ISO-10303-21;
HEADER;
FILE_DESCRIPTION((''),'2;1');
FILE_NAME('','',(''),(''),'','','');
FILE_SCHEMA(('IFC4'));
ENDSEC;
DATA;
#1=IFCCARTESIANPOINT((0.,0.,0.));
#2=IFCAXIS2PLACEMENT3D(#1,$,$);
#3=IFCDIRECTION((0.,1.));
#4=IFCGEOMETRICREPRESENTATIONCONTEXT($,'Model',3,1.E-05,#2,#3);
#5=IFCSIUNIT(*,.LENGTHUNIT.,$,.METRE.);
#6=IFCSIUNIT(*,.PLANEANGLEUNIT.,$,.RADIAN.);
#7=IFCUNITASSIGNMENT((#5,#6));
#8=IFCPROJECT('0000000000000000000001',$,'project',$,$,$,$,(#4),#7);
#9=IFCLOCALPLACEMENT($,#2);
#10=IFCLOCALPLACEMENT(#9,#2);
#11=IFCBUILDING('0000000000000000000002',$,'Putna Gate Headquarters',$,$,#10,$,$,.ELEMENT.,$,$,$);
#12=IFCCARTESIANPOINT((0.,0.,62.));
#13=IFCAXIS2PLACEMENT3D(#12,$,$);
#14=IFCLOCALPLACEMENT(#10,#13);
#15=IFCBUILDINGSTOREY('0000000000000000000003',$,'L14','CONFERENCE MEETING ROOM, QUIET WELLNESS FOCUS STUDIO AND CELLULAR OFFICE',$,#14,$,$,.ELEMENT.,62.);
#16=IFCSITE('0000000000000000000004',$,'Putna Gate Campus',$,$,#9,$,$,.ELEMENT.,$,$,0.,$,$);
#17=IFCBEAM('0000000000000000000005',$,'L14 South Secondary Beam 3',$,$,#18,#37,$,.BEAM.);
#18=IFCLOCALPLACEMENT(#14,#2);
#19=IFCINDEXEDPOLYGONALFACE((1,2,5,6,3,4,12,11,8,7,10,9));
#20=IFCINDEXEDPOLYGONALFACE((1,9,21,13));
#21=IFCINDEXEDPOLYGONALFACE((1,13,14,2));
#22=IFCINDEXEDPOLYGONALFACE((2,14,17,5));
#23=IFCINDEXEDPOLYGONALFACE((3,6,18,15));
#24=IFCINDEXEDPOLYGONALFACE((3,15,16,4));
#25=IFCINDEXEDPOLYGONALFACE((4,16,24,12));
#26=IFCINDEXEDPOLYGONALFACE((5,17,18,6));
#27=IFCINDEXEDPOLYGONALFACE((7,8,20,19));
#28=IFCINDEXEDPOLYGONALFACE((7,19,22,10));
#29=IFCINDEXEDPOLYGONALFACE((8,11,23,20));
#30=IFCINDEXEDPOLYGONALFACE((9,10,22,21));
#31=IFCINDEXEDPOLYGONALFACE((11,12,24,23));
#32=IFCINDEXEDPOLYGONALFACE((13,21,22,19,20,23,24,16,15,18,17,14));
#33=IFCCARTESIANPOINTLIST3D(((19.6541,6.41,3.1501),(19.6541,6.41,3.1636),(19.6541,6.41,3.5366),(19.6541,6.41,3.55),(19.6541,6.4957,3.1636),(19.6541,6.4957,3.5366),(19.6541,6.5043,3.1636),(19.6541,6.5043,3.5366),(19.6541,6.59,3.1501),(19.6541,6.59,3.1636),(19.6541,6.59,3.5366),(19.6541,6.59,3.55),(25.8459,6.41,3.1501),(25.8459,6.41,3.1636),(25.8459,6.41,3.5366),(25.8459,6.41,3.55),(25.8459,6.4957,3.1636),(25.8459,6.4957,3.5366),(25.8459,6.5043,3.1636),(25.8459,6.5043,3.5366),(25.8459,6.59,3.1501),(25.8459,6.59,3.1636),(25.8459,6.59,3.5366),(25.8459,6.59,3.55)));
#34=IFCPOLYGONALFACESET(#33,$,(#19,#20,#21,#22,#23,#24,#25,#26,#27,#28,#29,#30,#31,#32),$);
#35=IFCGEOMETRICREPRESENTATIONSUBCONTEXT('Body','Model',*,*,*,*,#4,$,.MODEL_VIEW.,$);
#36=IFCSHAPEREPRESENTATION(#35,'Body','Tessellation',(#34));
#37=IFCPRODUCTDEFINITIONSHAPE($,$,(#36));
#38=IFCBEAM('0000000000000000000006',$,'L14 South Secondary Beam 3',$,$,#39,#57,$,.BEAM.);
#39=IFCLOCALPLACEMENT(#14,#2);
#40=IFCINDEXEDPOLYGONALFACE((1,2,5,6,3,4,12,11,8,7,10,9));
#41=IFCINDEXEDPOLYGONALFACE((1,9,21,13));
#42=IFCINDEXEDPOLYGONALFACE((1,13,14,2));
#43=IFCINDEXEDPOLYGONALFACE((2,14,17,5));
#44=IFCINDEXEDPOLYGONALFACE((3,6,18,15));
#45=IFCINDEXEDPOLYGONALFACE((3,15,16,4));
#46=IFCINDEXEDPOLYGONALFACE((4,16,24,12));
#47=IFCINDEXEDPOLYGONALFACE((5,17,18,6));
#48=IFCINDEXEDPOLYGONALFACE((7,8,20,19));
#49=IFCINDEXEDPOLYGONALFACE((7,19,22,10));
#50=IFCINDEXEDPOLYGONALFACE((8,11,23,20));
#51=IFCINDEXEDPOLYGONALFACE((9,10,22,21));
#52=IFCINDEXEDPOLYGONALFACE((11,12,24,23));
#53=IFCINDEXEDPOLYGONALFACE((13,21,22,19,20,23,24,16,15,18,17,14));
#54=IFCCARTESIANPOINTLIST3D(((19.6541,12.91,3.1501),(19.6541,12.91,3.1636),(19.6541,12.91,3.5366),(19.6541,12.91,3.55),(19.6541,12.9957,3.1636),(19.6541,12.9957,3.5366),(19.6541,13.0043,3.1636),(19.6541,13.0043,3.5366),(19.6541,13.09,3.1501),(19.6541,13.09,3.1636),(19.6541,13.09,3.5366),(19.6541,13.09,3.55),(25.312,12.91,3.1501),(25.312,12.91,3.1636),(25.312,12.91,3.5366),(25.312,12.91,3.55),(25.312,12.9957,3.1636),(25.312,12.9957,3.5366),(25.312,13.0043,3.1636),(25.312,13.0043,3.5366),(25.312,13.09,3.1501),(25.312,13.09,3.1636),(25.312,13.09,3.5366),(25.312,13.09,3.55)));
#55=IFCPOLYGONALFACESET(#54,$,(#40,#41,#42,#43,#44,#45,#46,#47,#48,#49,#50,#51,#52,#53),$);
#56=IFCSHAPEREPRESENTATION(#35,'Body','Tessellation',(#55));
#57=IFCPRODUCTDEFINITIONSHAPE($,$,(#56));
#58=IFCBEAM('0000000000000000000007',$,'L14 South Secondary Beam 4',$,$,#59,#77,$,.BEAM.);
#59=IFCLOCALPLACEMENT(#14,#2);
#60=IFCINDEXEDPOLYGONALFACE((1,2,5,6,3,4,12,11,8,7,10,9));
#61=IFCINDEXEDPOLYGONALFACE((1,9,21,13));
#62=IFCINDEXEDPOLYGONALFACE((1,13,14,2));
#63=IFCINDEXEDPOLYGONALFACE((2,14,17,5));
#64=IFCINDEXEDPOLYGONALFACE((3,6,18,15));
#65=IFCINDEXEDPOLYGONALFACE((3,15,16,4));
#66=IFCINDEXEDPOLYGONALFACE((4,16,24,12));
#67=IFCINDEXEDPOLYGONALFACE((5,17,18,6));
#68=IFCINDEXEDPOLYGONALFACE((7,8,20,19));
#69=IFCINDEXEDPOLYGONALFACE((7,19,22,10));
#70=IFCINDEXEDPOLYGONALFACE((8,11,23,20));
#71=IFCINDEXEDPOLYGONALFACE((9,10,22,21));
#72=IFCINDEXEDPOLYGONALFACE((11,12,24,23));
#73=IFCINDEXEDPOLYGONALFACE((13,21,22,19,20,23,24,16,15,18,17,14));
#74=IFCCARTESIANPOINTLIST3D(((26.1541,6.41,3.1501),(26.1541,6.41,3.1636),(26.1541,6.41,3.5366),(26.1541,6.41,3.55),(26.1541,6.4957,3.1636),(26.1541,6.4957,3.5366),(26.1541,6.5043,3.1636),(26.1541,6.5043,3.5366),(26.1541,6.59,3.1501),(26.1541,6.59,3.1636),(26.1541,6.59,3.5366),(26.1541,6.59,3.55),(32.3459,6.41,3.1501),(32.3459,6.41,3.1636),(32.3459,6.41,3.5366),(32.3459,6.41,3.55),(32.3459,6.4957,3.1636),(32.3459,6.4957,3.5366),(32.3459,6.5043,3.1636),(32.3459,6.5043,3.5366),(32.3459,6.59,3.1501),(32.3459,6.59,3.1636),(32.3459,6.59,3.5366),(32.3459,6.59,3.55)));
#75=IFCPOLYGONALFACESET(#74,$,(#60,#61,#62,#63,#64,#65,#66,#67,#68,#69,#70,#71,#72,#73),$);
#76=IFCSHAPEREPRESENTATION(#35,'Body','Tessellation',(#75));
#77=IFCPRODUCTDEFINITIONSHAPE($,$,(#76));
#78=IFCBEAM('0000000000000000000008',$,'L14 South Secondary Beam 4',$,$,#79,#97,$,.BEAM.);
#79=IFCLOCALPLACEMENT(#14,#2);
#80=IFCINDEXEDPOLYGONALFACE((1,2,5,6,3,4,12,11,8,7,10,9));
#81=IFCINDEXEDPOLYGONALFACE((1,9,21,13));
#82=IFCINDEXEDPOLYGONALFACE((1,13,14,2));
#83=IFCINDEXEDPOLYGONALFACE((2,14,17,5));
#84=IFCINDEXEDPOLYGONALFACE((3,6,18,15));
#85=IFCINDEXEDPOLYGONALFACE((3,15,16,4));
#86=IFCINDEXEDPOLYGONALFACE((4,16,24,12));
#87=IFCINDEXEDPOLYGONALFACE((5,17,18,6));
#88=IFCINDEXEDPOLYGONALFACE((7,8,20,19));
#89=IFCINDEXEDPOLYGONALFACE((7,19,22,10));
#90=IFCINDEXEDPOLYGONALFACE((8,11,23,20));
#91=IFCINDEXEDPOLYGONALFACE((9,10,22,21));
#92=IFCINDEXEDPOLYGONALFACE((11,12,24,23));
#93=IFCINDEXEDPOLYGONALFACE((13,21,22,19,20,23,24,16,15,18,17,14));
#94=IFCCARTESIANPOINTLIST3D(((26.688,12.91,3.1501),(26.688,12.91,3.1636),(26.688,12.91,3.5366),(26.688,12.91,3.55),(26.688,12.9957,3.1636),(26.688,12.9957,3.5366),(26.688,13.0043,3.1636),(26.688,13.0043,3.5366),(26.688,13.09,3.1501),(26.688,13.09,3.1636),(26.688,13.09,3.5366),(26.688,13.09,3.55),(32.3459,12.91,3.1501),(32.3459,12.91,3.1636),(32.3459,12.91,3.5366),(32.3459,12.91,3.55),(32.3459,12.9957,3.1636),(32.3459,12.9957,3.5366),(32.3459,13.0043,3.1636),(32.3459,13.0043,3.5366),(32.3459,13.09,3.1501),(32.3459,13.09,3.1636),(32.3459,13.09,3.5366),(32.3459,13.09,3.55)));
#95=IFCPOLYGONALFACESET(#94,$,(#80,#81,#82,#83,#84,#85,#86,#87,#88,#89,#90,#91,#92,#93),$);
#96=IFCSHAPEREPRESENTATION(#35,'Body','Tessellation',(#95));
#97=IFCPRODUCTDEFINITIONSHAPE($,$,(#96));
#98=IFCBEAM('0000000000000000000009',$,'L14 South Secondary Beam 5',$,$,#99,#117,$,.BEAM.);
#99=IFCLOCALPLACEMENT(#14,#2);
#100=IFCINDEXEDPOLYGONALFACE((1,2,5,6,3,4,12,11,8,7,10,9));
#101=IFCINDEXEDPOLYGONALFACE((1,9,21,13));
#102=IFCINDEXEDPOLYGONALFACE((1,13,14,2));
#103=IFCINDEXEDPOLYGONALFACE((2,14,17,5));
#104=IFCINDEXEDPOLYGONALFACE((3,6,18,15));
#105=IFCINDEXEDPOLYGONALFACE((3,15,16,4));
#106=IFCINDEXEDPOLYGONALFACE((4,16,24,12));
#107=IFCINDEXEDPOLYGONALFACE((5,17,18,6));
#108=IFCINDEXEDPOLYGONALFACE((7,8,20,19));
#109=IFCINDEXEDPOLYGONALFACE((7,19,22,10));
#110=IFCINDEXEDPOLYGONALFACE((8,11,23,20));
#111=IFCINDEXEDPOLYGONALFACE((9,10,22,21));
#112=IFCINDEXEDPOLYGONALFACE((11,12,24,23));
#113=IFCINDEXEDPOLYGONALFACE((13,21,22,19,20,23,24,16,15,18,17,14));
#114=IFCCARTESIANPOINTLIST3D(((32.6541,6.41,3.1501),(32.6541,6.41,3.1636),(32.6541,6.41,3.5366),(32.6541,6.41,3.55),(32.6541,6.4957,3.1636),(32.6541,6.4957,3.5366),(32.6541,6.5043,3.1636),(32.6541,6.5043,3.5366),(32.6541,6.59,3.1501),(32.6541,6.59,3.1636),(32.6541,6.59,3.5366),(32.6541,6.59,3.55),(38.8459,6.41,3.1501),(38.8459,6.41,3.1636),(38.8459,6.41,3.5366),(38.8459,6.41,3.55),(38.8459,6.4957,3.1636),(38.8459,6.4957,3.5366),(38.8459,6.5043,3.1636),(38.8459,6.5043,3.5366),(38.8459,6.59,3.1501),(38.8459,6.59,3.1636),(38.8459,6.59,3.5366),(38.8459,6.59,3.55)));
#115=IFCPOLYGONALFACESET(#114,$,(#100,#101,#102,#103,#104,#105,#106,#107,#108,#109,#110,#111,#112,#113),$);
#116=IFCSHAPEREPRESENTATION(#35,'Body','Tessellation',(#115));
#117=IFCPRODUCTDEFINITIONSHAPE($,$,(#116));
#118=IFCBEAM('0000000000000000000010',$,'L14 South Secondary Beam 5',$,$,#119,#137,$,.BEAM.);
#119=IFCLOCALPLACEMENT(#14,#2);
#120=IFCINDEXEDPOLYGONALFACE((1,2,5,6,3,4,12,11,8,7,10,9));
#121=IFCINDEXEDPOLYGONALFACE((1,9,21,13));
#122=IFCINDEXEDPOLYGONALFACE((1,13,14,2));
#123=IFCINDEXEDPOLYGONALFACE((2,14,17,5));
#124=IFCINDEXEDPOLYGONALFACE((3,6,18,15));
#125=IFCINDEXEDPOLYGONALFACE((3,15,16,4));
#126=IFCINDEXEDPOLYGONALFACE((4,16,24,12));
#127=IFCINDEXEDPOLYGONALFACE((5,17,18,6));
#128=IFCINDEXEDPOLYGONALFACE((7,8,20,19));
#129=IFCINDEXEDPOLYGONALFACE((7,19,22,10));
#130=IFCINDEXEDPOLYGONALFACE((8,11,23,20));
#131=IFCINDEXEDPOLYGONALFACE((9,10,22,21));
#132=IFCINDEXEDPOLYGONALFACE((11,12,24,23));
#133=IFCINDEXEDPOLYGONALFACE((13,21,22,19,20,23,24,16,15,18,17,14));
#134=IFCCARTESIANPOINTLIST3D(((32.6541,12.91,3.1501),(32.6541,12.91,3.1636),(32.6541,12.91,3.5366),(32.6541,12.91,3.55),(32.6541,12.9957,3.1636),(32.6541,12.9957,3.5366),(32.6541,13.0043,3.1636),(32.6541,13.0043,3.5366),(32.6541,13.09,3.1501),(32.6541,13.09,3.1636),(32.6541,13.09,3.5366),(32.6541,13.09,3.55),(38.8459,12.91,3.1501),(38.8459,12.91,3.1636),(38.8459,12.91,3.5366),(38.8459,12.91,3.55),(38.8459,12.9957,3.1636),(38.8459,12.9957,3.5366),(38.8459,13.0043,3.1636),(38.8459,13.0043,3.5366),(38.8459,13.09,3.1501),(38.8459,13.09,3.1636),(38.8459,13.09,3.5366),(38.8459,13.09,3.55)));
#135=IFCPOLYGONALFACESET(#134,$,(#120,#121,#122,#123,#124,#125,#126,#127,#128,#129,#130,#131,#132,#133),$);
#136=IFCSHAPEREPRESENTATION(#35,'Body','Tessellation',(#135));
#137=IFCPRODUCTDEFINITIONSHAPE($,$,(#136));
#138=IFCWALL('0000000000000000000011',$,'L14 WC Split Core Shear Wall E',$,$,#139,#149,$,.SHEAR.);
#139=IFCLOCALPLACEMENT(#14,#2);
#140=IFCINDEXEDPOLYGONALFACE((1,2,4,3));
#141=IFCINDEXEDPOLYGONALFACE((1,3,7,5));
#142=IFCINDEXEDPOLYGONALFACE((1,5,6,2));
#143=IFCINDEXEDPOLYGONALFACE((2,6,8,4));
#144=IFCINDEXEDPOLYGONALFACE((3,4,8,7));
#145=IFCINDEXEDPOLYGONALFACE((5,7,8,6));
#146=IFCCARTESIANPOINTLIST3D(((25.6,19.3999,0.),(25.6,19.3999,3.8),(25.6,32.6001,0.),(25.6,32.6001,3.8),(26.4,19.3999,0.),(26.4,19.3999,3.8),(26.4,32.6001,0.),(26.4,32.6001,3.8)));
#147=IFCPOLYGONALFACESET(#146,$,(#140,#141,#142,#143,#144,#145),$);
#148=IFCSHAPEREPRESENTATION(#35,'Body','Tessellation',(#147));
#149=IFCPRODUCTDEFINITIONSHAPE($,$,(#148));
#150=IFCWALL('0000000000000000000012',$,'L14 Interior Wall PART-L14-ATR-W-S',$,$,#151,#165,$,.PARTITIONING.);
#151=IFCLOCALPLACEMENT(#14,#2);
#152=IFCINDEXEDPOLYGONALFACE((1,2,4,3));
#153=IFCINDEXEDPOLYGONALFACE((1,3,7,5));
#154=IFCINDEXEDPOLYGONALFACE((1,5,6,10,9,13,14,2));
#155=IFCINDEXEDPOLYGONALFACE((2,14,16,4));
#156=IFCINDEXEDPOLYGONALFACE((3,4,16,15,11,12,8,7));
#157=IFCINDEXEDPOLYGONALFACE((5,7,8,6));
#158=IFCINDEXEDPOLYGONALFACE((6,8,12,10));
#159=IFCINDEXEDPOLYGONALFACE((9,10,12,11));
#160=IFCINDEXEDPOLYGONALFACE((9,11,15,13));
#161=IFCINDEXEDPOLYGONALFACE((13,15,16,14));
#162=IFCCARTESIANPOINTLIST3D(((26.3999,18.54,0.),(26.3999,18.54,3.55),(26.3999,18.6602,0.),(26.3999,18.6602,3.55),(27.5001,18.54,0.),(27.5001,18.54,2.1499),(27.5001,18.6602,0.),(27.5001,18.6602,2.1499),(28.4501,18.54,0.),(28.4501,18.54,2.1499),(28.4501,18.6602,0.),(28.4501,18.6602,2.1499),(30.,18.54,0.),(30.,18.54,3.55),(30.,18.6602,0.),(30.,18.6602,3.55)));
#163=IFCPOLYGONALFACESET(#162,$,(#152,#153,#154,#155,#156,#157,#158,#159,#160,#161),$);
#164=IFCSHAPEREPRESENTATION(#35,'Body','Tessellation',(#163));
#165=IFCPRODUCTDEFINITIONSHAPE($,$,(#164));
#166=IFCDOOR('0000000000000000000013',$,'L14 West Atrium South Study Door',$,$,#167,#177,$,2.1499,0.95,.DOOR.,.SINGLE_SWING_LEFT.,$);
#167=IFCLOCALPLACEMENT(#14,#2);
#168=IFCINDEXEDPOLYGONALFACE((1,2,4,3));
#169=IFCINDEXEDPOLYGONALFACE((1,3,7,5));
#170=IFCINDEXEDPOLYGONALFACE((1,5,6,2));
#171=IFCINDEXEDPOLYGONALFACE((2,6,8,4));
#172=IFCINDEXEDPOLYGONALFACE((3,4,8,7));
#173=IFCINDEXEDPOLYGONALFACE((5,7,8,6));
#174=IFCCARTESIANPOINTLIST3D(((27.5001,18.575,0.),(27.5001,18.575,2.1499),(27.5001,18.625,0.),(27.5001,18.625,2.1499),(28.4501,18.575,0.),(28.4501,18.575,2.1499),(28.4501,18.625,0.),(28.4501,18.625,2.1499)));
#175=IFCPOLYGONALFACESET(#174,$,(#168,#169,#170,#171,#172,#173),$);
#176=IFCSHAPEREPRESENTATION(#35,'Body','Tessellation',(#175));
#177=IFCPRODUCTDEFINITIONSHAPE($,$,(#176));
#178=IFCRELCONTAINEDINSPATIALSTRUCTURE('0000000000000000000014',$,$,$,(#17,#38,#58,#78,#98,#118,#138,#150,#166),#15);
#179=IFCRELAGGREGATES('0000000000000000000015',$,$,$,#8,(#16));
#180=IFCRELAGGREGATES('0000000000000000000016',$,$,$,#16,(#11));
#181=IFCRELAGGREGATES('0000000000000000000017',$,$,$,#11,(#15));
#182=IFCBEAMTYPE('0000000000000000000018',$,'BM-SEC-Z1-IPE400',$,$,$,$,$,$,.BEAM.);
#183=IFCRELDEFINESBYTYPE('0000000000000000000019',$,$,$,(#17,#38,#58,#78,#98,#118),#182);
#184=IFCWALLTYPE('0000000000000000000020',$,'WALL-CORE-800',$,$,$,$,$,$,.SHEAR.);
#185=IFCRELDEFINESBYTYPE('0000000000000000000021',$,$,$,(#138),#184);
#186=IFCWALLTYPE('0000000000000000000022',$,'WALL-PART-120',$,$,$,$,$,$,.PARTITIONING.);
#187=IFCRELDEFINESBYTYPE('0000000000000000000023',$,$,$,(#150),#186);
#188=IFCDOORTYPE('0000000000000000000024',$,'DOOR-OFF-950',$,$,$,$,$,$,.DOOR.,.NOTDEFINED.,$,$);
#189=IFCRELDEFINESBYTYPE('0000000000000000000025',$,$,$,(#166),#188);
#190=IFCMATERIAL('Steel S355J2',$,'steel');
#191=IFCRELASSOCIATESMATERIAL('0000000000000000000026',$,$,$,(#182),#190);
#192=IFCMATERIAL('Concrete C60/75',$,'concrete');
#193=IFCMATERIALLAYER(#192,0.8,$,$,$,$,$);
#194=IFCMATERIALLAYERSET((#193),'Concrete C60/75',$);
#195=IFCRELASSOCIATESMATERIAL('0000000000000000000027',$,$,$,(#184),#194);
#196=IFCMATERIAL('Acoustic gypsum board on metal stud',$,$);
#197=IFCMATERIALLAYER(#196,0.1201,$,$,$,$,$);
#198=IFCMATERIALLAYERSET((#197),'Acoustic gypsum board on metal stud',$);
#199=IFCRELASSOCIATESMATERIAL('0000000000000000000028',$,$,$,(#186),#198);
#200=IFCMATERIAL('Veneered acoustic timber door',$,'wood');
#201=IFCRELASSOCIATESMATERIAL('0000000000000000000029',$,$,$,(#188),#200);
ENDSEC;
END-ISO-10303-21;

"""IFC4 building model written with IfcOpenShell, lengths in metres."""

from ifc_helpers import new_model, si_unit, direction, frame, frame_2d, origin, origin_2d, place, context, subcontext, project, spatial, rectangle, i_section, extrude, material, layer, layer_set, material_profile, profile_set, type_object, element, fill, save


model = new_model("IFC4")

# Units and contexts
model_context = context("Model", 3, precision=1e-05, world=origin(), true_north=direction((0.0, 1.0)))
body_context = subcontext(model_context, "Body", "Model", "MODEL_VIEW")
ifc_project = project(units=[si_unit("LENGTHUNIT", "METRE"), si_unit("PLANEANGLEUNIT", "RADIAN")], contexts=[model_context])

# Site, building, storey
site_placement = place(None, origin())
site = spatial("IfcSite", under=ifc_project, at=site_placement, Name="Putna Gate Campus", CompositionType="ELEMENT", RefElevation=0.0)
building_placement = place(site_placement, origin())
building = spatial("IfcBuilding", under=site, at=building_placement, Name="Putna Gate Headquarters", CompositionType="ELEMENT")
storey_placement = place(building_placement, frame((0.0, 0.0, 62.0)))
storey = spatial("IfcBuildingStorey", under=building, at=storey_placement, Name="L14", Description="CONFERENCE MEETING ROOM, QUIET WELLNESS FOCUS STUDIO AND CELLULAR OFFICE", CompositionType="ELEMENT", Elevation=62.0)

# Shared definitions
ifc_material_1 = material(Name="Concrete C60/75", Category="concrete")

# Beams
ifc_material_2 = material(Name="Steel S355J2", Category="steel")
ifc_material_profile_1 = material_profile(ifc_material_2, i_section(OverallWidth=0.1799, OverallDepth=0.3999, WebThickness=0.0085, FlangeThickness=0.0134, at=origin_2d()), Name="Steel S355J2")
ifc_profile_set_1 = profile_set([ifc_material_profile_1], Name="Steel S355J2")
beam_type_1 = type_object("IfcBeamType", Name="BM-SEC-Z1-IPE400", PredefinedType="BEAM", material=ifc_profile_set_1)
beam_1_placement = place(storey_placement, frame((19.6541, 6.5, 3.3501), z_axis=(1.0, 0.0, 0.0), x_axis=(0.0, 1.0, 0.0)))
element("IfcBeam", 1, at=beam_1_placement, inside=storey, type_object=beam_type_1, Name="L14 South Secondary Beam 3", PredefinedType="BEAM", context=body_context, shape_type="SweptSolid", body=[
    extrude(i_section(OverallWidth=0.1799, OverallDepth=0.3999, WebThickness=0.0085, FlangeThickness=0.0134, at=origin_2d()), origin(), (0.0, 0.0, 1.0), 6.1919),
])
beam_2_placement = place(storey_placement, frame((19.6541, 13.0, 3.3501), z_axis=(1.0, 0.0, 0.0), x_axis=(0.0, 1.0, 0.0)))
element("IfcBeam", 2, at=beam_2_placement, inside=storey, type_object=beam_type_1, Name="L14 South Secondary Beam 3", PredefinedType="BEAM", context=body_context, shape_type="SweptSolid", body=[
    extrude(i_section(OverallWidth=0.1799, OverallDepth=0.3999, WebThickness=0.0085, FlangeThickness=0.0134, at=origin_2d()), origin(), (0.0, 0.0, 1.0), 5.658),
])
beam_3_placement = place(storey_placement, frame((26.1541, 6.5, 3.3501), z_axis=(1.0, 0.0, 0.0), x_axis=(0.0, 1.0, 0.0)))
element("IfcBeam", 3, at=beam_3_placement, inside=storey, type_object=beam_type_1, Name="L14 South Secondary Beam 4", PredefinedType="BEAM", context=body_context, shape_type="SweptSolid", body=[
    extrude(i_section(OverallWidth=0.1799, OverallDepth=0.3999, WebThickness=0.0085, FlangeThickness=0.0134, at=origin_2d()), origin(), (0.0, 0.0, 1.0), 6.1919),
])
beam_4_placement = place(storey_placement, frame((26.688, 13.0, 3.3501), z_axis=(1.0, 0.0, 0.0), x_axis=(0.0, 1.0, 0.0)))
element("IfcBeam", 4, at=beam_4_placement, inside=storey, type_object=beam_type_1, Name="L14 South Secondary Beam 4", PredefinedType="BEAM", context=body_context, shape_type="SweptSolid", body=[
    extrude(i_section(OverallWidth=0.1799, OverallDepth=0.3999, WebThickness=0.0085, FlangeThickness=0.0134, at=origin_2d()), origin(), (0.0, 0.0, 1.0), 5.658),
])
for number, where, z_axis, x_axis, name in (
    (5, (32.6541, 6.5, 3.3501), (1.0, 0.0, 0.0), (0.0, 1.0, 0.0), "L14 South Secondary Beam 5"),
    (6, (32.6541, 13.0, 3.3501), (1.0, 0.0, 0.0), (0.0, 1.0, 0.0), "L14 South Secondary Beam 5"),
):
    element("IfcBeam", number, at=place(storey_placement, frame(where, z_axis=z_axis, x_axis=x_axis)), inside=storey, type_object=beam_type_1, Name=name, PredefinedType="BEAM", context=body_context, shape_type="SweptSolid", body=[
        extrude(i_section(OverallWidth=0.1799, OverallDepth=0.3999, WebThickness=0.0085, FlangeThickness=0.0134, at=origin_2d()), origin(), (0.0, 0.0, 1.0), 6.1919),
    ])

# Wall
ifc_layer_1 = layer(ifc_material_1, 0.8)
ifc_layer_set_1 = layer_set([ifc_layer_1], Name="Concrete C60/75")
wall_type_1 = type_object("IfcWallType", Name="WALL-CORE-800", PredefinedType="SHEAR", material=ifc_layer_set_1)
wall_1_placement = place(storey_placement, frame((26.0, 19.3999, 0.0), z_axis=(0.0, 0.0, 1.0), x_axis=(0.0, 1.0, 0.0)))
element("IfcWall", 7, at=wall_1_placement, inside=storey, type_object=wall_type_1, Name="L14 WC Split Core Shear Wall E", PredefinedType="SHEAR", context=body_context, shape_type="SweptSolid", body=[
    extrude(rectangle(XDim=13.2002, YDim=0.8, at=frame_2d((6.6001, 0.0))), origin(), (0.0, 0.0, 1.0), 3.8),
])

# Wall, opening, door
ifc_material_3 = material(Name="Acoustic gypsum board on metal stud")
ifc_layer_2 = layer(ifc_material_3, 0.1201)
ifc_layer_set_2 = layer_set([ifc_layer_2], Name="Acoustic gypsum board on metal stud")
wall_type_2 = type_object("IfcWallType", Name="WALL-PART-120", PredefinedType="PARTITIONING", material=ifc_layer_set_2)
wall_2_placement = place(storey_placement, frame((26.3999, 18.6001, 0.0), z_axis=(0.0, 0.0, 1.0), x_axis=(1.0, 0.0, 0.0)))
wall_2 = element("IfcWall", 8, at=wall_2_placement, inside=storey, type_object=wall_type_2, Name="L14 Interior Wall PART-L14-ATR-W-S", PredefinedType="PARTITIONING", context=body_context, shape_type="SweptSolid", body=[
    extrude(rectangle(XDim=3.6001, YDim=0.1201, at=frame_2d((1.8, 0.0))), origin(), (0.0, 0.0, 1.0), 3.55),
])
opening_1_placement = place(wall_2_placement, frame((1.1001, 0.0, 0.0)))
opening_1 = element("IfcOpeningElement", 9, at=opening_1_placement, cuts=wall_2, PredefinedType="OPENING", context=body_context, shape_type="SweptSolid", body=[
    extrude(rectangle(XDim=0.95, YDim=2.1499, at=frame_2d((0.4751, 1.075))), frame((0.0, 0.0701, 0.0), z_axis=(0.0, -1.0, 0.0), x_axis=(1.0, 0.0, 0.0)), (0.0, 0.0, 1.0), 0.1401),
])
ifc_material_4 = material(Name="Veneered acoustic timber door", Category="wood")
door_type_1 = type_object("IfcDoorType", Name="DOOR-OFF-950", OperationType="NOTDEFINED", PredefinedType="DOOR", material=ifc_material_4)
door_1_placement = place(opening_1_placement, origin())
door_1 = element("IfcDoor", 10, at=door_1_placement, inside=storey, type_object=door_type_1, Name="L14 West Atrium South Study Door", OperationType="SINGLE_SWING_LEFT", OverallHeight=2.1499, OverallWidth=0.95, PredefinedType="DOOR", context=body_context, shape_type="SweptSolid", body=[
    extrude(rectangle(XDim=0.95, YDim=2.1499, at=frame_2d((0.4751, 1.075))), frame((0.0, 0.0249, 0.0), z_axis=(0.0, -1.0, 0.0), x_axis=(1.0, 0.0, 0.0)), (0.0, 0.0, 1.0), 0.05),
])
fill(opening_1, door_1)

save(model, "model.ifc")
